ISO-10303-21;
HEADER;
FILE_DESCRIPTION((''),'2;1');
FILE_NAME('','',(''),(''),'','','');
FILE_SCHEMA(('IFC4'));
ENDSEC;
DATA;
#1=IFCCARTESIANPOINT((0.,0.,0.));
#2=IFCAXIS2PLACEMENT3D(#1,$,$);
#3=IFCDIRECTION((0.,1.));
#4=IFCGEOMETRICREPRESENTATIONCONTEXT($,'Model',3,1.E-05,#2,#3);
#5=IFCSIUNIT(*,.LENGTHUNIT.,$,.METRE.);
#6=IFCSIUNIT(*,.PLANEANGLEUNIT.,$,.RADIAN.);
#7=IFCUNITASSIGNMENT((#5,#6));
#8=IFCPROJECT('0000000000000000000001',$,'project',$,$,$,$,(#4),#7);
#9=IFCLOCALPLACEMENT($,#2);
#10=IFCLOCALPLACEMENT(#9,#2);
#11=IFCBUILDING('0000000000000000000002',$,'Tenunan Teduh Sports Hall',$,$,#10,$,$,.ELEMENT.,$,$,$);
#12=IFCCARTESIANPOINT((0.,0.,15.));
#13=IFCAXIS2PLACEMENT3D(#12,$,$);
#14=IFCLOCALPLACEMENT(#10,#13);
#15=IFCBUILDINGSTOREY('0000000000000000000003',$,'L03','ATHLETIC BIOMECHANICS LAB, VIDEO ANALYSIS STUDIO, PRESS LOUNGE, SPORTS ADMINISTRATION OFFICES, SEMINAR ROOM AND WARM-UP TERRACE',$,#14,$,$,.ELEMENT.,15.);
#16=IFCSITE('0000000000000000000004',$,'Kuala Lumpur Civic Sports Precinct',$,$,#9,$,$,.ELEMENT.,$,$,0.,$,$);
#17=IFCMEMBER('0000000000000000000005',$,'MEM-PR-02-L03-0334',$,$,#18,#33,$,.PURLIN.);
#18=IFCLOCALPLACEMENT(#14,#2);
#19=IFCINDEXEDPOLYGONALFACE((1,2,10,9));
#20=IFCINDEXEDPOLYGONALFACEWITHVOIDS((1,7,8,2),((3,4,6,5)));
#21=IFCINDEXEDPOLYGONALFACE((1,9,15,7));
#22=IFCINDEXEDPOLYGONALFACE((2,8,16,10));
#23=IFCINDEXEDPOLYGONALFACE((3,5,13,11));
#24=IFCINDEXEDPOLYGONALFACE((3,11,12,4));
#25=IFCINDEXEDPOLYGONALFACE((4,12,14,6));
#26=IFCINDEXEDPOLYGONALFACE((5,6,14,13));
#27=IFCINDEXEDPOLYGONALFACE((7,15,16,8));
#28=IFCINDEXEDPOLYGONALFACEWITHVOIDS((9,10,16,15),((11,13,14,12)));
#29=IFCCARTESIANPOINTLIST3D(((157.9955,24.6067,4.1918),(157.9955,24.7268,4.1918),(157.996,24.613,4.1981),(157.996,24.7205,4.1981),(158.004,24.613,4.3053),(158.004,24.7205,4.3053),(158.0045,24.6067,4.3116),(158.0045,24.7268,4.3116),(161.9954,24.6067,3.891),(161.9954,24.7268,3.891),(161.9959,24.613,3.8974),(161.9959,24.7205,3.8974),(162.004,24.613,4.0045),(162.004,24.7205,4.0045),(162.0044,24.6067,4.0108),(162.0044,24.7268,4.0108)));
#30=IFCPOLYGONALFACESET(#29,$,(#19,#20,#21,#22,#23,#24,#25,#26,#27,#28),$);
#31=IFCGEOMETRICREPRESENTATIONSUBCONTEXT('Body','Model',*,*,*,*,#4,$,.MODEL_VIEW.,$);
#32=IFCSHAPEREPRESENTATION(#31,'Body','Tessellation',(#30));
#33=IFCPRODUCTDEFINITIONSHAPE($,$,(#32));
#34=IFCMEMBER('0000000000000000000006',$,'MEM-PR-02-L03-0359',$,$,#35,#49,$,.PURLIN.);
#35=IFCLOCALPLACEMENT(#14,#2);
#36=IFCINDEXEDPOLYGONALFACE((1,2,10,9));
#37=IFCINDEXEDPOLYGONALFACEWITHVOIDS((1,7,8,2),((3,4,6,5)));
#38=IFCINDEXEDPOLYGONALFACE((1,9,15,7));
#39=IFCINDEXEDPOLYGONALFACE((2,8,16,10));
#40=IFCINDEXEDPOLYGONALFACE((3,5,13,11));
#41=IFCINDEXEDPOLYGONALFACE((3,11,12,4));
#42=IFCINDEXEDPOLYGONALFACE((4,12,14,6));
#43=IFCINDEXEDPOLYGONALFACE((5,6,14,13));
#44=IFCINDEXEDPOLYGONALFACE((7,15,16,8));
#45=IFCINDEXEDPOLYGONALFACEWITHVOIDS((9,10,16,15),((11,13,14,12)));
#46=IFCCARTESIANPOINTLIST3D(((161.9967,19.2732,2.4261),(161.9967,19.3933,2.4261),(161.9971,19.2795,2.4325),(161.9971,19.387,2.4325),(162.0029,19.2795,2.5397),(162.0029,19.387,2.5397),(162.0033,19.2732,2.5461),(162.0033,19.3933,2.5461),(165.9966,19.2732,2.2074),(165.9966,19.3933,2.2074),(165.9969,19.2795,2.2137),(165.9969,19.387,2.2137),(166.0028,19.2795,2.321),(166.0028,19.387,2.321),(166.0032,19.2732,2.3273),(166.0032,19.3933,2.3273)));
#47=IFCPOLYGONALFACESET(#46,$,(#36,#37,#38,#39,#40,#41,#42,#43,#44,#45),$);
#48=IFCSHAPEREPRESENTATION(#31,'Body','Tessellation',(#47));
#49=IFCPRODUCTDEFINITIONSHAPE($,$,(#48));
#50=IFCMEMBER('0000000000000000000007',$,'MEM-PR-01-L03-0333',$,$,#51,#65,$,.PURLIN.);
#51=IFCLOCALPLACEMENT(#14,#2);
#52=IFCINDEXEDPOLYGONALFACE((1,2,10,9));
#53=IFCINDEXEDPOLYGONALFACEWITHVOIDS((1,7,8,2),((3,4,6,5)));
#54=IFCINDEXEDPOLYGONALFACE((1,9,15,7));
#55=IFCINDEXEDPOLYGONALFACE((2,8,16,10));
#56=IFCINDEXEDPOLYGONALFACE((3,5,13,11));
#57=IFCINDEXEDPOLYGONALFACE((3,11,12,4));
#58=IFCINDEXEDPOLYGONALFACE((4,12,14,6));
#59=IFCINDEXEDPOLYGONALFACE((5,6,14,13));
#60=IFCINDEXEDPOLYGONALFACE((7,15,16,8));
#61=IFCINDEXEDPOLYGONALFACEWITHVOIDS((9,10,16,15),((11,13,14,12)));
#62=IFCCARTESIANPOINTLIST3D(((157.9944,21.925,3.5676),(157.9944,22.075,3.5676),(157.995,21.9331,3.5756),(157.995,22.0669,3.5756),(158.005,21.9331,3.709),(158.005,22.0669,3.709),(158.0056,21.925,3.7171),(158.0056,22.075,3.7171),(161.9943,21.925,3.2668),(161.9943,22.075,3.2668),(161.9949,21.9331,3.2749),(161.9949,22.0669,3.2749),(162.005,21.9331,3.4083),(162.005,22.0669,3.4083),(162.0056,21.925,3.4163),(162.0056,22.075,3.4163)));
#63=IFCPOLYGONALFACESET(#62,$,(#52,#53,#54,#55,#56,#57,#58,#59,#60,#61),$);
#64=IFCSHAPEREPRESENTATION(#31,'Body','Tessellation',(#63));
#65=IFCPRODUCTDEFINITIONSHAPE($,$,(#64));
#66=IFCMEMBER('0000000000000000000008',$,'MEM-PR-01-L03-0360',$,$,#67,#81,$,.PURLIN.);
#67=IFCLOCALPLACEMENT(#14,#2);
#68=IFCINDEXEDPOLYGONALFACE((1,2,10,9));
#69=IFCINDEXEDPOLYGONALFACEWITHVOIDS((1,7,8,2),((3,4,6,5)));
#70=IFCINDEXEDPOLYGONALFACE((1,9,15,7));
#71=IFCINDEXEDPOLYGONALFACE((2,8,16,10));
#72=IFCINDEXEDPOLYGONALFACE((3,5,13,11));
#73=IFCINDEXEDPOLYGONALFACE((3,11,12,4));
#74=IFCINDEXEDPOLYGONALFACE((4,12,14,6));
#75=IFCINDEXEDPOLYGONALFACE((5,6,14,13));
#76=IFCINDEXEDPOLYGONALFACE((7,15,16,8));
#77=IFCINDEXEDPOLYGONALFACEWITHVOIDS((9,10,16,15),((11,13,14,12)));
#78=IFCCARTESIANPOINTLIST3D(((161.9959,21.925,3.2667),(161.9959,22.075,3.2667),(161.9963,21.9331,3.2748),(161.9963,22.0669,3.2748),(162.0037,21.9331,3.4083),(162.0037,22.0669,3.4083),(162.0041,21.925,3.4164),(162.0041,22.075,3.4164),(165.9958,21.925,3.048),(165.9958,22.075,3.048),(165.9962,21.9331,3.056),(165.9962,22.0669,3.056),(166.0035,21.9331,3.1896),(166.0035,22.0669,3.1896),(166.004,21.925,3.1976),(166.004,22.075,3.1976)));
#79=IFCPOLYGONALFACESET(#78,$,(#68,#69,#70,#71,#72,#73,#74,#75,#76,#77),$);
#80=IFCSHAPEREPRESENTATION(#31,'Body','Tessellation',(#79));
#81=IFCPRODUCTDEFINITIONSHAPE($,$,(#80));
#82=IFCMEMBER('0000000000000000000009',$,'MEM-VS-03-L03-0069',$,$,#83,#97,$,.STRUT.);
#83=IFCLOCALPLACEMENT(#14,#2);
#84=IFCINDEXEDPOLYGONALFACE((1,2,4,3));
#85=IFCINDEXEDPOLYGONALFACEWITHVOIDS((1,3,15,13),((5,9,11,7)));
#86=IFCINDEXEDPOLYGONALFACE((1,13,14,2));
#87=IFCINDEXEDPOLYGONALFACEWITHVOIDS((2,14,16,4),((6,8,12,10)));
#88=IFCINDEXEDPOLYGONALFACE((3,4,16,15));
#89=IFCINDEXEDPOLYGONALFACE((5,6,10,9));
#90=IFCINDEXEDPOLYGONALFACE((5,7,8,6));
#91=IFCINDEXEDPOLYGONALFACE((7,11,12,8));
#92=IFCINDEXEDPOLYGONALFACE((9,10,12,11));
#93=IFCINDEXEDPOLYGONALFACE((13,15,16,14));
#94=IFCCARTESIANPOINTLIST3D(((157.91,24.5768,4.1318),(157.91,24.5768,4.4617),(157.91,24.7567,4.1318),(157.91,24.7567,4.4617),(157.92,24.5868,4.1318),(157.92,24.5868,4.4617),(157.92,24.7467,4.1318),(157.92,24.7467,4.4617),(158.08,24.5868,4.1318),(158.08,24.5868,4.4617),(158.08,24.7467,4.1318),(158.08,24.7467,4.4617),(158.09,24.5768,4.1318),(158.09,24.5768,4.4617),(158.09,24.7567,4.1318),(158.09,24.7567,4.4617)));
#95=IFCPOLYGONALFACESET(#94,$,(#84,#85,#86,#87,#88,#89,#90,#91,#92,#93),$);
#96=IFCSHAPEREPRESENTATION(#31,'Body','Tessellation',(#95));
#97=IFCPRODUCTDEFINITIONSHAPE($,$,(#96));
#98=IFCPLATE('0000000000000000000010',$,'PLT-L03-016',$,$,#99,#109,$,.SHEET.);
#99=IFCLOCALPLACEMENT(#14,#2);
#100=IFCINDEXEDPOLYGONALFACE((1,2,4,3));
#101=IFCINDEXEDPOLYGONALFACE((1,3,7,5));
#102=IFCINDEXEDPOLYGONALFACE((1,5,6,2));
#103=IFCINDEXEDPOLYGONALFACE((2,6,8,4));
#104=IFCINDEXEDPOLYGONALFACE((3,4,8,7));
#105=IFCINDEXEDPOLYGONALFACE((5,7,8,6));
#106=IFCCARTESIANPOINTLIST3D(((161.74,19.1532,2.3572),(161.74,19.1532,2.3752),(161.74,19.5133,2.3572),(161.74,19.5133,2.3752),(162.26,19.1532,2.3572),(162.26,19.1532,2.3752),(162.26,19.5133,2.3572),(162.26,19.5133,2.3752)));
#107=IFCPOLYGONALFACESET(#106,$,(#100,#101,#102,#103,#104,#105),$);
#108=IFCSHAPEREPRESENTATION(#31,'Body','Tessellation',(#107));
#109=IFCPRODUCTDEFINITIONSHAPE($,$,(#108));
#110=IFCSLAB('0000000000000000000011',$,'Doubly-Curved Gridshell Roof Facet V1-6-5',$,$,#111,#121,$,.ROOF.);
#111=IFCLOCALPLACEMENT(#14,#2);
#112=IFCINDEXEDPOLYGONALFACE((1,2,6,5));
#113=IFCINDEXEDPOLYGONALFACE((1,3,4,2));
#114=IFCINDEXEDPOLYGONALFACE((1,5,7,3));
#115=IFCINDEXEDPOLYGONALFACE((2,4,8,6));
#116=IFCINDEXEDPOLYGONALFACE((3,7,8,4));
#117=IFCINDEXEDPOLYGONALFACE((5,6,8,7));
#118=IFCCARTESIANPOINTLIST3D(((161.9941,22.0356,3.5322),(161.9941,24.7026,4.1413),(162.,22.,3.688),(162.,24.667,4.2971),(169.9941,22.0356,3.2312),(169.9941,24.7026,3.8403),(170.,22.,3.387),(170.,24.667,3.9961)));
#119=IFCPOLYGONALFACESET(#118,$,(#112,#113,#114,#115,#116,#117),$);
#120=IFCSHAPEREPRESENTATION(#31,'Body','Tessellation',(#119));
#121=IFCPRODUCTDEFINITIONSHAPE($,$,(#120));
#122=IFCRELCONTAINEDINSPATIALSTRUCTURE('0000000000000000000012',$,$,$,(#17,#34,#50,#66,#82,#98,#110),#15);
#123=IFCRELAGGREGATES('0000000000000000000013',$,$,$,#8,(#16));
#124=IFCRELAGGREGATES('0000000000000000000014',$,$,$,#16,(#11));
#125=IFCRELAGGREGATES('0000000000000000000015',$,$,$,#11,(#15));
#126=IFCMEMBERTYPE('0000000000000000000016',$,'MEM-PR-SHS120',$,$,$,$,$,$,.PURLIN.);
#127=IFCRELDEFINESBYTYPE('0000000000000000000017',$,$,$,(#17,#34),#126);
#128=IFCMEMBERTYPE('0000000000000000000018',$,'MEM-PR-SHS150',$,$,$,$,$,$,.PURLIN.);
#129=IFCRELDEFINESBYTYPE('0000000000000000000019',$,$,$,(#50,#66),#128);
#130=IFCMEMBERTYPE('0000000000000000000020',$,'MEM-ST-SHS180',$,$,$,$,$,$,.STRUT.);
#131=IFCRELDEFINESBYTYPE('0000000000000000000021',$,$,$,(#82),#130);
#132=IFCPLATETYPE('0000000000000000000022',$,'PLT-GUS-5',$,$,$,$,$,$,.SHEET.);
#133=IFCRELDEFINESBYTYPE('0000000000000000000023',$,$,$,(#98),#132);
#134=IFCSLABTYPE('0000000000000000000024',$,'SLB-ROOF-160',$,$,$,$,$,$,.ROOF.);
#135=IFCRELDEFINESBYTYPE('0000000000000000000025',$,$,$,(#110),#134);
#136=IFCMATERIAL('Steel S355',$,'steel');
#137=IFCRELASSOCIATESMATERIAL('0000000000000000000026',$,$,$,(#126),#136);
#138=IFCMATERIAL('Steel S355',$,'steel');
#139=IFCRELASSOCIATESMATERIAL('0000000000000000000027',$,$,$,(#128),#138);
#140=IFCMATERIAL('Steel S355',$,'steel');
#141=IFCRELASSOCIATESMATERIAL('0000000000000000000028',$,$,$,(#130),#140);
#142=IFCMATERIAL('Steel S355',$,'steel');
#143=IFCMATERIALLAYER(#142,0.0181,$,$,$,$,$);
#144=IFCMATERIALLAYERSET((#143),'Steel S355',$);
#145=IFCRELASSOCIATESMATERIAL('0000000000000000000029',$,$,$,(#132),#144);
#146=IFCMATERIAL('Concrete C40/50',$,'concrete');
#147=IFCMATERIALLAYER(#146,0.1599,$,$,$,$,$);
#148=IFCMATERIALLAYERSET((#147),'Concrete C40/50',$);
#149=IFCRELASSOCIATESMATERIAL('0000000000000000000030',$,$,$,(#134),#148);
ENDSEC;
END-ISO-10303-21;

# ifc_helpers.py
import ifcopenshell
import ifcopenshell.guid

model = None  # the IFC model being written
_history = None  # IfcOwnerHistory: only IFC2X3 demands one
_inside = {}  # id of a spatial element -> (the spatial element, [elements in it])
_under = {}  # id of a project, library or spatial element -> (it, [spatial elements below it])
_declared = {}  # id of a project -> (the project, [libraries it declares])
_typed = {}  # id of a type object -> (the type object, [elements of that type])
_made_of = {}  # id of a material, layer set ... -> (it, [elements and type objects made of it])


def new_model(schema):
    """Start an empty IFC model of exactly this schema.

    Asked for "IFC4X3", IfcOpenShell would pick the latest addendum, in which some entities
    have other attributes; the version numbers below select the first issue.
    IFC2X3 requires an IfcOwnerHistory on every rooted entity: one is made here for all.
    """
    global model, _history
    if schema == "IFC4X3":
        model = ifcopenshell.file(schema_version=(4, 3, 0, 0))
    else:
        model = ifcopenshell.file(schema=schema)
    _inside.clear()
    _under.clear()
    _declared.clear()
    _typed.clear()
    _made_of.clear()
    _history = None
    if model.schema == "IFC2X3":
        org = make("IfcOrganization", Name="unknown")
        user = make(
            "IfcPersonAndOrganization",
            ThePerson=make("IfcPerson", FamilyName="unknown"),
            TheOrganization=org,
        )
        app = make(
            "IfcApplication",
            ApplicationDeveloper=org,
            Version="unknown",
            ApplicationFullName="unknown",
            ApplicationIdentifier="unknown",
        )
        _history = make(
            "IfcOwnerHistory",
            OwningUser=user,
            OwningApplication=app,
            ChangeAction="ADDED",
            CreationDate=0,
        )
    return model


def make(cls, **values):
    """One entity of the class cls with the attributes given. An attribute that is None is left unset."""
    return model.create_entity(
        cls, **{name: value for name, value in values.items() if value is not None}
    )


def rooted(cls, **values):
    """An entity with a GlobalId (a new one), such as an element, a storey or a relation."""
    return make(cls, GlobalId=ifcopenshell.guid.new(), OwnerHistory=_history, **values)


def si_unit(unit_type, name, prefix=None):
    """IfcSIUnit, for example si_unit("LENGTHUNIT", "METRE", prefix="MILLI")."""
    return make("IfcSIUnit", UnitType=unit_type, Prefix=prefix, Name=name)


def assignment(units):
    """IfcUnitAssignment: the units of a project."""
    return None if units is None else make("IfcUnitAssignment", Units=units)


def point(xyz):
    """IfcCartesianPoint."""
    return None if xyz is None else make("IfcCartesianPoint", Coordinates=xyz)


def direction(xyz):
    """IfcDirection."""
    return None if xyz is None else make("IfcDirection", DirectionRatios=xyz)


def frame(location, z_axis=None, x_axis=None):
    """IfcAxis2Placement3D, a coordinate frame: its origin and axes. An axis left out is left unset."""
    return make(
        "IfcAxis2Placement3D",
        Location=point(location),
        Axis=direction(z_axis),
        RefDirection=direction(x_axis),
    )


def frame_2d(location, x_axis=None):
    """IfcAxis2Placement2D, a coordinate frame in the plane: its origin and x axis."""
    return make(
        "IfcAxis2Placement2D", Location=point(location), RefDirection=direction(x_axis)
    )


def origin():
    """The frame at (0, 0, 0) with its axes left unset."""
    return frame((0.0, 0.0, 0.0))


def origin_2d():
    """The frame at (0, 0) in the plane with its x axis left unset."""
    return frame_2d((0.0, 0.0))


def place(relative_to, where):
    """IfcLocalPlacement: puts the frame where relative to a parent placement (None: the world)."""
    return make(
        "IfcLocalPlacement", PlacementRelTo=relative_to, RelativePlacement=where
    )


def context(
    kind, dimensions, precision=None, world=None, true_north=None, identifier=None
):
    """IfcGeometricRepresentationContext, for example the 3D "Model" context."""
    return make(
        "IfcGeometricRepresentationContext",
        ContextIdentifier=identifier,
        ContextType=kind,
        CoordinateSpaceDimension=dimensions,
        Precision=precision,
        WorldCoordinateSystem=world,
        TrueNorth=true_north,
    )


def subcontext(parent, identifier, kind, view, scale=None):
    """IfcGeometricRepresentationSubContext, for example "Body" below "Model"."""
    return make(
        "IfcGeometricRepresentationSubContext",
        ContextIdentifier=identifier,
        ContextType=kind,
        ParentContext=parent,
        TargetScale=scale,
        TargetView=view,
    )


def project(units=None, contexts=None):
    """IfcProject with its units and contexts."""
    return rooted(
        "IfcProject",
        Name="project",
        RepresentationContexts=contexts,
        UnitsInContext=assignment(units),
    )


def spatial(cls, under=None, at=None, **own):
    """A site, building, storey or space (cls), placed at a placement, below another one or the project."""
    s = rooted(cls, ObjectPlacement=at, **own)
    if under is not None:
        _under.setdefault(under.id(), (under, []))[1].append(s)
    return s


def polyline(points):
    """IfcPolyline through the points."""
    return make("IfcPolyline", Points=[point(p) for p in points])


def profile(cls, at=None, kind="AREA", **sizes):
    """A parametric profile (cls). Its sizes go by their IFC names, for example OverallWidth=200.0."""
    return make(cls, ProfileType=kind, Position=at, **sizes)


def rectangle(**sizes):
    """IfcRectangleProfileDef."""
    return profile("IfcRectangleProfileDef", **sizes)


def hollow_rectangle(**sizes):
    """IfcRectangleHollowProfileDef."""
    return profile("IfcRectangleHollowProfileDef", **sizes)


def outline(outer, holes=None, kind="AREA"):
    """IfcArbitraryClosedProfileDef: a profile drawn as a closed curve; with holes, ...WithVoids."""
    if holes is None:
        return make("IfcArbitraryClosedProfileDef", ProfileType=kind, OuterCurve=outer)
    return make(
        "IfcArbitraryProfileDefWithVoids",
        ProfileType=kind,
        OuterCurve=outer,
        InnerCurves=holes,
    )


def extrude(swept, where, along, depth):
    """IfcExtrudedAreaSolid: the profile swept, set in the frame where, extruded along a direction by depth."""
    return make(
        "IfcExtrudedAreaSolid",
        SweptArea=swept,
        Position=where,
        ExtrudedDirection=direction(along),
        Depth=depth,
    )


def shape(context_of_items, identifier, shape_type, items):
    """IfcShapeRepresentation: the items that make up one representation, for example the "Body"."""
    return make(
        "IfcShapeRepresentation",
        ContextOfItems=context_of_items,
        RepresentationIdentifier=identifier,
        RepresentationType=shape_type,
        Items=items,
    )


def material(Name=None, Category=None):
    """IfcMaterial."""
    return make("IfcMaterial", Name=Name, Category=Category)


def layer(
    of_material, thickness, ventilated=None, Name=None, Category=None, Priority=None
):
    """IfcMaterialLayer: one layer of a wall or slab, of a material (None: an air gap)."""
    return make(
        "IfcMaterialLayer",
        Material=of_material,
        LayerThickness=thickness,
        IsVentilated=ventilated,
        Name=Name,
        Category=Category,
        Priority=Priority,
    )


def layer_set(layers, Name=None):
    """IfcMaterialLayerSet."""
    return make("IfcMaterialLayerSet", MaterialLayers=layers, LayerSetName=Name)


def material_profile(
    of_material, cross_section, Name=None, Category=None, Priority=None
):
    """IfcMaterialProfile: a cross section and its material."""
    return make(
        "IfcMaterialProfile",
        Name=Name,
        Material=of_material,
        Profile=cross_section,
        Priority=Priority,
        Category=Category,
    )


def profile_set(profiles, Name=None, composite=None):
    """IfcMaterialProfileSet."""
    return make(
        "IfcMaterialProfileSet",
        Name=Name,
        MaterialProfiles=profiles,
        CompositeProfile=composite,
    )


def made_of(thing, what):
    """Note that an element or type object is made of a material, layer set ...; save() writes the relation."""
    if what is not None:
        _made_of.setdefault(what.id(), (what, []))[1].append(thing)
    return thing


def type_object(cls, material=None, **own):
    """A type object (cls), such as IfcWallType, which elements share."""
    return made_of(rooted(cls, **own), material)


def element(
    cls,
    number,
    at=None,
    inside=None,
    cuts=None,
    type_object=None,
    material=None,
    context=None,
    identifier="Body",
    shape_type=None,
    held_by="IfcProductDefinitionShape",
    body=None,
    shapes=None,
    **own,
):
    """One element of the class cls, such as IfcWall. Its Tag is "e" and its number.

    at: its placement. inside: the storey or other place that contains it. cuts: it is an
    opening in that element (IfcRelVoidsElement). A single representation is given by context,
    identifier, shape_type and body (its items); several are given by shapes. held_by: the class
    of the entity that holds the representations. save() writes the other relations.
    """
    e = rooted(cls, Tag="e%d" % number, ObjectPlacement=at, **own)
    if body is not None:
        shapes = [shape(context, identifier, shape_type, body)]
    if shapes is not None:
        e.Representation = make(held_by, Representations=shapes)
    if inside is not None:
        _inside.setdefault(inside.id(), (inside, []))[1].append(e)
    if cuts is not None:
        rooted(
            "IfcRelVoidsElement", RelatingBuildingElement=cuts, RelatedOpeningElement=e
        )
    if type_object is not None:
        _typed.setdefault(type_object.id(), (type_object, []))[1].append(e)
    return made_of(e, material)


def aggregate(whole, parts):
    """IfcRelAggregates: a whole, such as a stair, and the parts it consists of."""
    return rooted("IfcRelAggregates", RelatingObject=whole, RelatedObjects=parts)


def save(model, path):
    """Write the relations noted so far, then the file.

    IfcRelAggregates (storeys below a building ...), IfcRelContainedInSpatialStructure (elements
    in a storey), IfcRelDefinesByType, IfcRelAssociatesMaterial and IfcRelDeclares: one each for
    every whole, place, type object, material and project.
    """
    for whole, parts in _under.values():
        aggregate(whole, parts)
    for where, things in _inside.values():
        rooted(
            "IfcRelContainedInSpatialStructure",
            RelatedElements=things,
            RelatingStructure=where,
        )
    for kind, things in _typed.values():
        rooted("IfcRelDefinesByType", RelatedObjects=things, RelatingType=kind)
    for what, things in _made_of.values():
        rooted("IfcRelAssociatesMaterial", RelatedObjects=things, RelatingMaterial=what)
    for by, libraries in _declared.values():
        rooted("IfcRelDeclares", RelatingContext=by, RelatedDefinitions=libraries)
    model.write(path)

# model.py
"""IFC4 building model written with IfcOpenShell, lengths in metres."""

from ifc_helpers import new_model, si_unit, direction, frame, origin, origin_2d, place, context, subcontext, project, spatial, polyline, rectangle, hollow_rectangle, outline, extrude, material, layer, layer_set, material_profile, profile_set, type_object, element, save


model = new_model("IFC4")

# Units and contexts
model_context = context("Model", 3, precision=1e-05, world=origin(), true_north=direction((0.0, 1.0)))
body_context = subcontext(model_context, "Body", "Model", "MODEL_VIEW")
ifc_project = project(units=[si_unit("LENGTHUNIT", "METRE"), si_unit("PLANEANGLEUNIT", "RADIAN")], contexts=[model_context])

# Site, building, storey
site_placement = place(None, origin())
site = spatial("IfcSite", under=ifc_project, at=site_placement, Name="Kuala Lumpur Civic Sports Precinct", CompositionType="ELEMENT", RefElevation=0.0)
building_placement = place(site_placement, origin())
building = spatial("IfcBuilding", under=site, at=building_placement, Name="Tenunan Teduh Sports Hall", CompositionType="ELEMENT")
storey_placement = place(building_placement, frame((0.0, 0.0, 15.0)))
storey = spatial("IfcBuildingStorey", under=building, at=storey_placement, Name="L03", Description="ATHLETIC BIOMECHANICS LAB, VIDEO ANALYSIS STUDIO, PRESS LOUNGE, SPORTS ADMINISTRATION OFFICES, SEMINAR ROOM AND WARM-UP TERRACE", CompositionType="ELEMENT", Elevation=15.0)

# Members
ifc_material_1 = material(Name="Steel S355", Category="steel")
ifc_material_profile_1 = material_profile(ifc_material_1, hollow_rectangle(XDim=0.1201, YDim=0.1201, WallThickness=0.0063, at=origin_2d()), Name="SHS 120x120x6.3")
ifc_profile_set_1 = profile_set([ifc_material_profile_1], Name="Steel S355")
member_type_1 = type_object("IfcMemberType", Name="MEM-PR-SHS120", PredefinedType="PURLIN", material=ifc_profile_set_1)
for number, where, z_axis, x_axis, name in (
    (1, (158.0, 24.6667, 4.2517), (0.997185, 0.0, -0.074984), (0.0, 1.0, 0.0), "MEM-PR-02-L03-0334"),
):
    element("IfcMember", number, at=place(storey_placement, frame(where, z_axis=z_axis, x_axis=x_axis)), inside=storey, type_object=member_type_1, Name=name, PredefinedType="PURLIN", context=body_context, shape_type="SweptSolid", body=[
        extrude(hollow_rectangle(XDim=0.1201, YDim=0.1201, WallThickness=0.0063, at=origin_2d()), origin(), (0.0, 0.0, 1.0), 4.0112),
    ])
member_1_placement = place(storey_placement, frame((162.0, 19.3333, 2.4861), z_axis=(0.998508, 0.0, -0.054606), x_axis=(0.0, 1.0, 0.0)))
element("IfcMember", 2, at=member_1_placement, inside=storey, type_object=member_type_1, Name="MEM-PR-02-L03-0359", PredefinedType="PURLIN", context=body_context, shape_type="SweptSolid", body=[
    extrude(hollow_rectangle(XDim=0.1201, YDim=0.1201, WallThickness=0.0063, at=origin_2d()), origin(), (0.0, 0.0, 1.0), 4.0059),
])
ifc_material_2 = material(Name="Steel S355", Category="steel")
ifc_material_profile_2 = material_profile(ifc_material_2, hollow_rectangle(XDim=0.1499, YDim=0.1499, WallThickness=0.0081, at=origin_2d()), Name="SHS 150x150x8.0")
ifc_profile_set_2 = profile_set([ifc_material_profile_2], Name="Steel S355")
member_type_2 = type_object("IfcMemberType", Name="MEM-PR-SHS150", PredefinedType="PURLIN", material=ifc_profile_set_2)
member_2_placement = place(storey_placement, frame((158.0, 22.0, 3.6423), z_axis=(0.997185, 0.0, -0.074984), x_axis=(0.0, 1.0, 0.0)))
element("IfcMember", 3, at=member_2_placement, inside=storey, type_object=member_type_2, Name="MEM-PR-01-L03-0333", PredefinedType="PURLIN", context=body_context, shape_type="SweptSolid", body=[
    extrude(hollow_rectangle(XDim=0.1499, YDim=0.1499, WallThickness=0.0081, at=origin_2d()), origin(), (0.0, 0.0, 1.0), 4.0112),
])
member_3_placement = place(storey_placement, frame((162.0, 22.0, 3.3416), z_axis=(0.998508, 0.0, -0.054606), x_axis=(0.0, 1.0, 0.0)))
element("IfcMember", 4, at=member_3_placement, inside=storey, type_object=member_type_2, Name="MEM-PR-01-L03-0360", PredefinedType="PURLIN", context=body_context, shape_type="SweptSolid", body=[
    extrude(hollow_rectangle(XDim=0.1499, YDim=0.1499, WallThickness=0.0081, at=origin_2d()), origin(), (0.0, 0.0, 1.0), 4.0059),
])
ifc_material_3 = material(Name="Steel S355", Category="steel")
ifc_material_profile_3 = material_profile(ifc_material_3, hollow_rectangle(XDim=0.1799, YDim=0.1799, WallThickness=0.01, at=origin_2d()), Name="SHS 180x180x10.0")
ifc_profile_set_3 = profile_set([ifc_material_profile_3], Name="Steel S355")
member_type_3 = type_object("IfcMemberType", Name="MEM-ST-SHS180", PredefinedType="STRUT", material=ifc_profile_set_3)
member_4_placement = place(storey_placement, frame((158.0, 24.6667, 4.1318), z_axis=(0.0, 0.0, 1.0), x_axis=(1.0, 0.0, 0.0)))
element("IfcMember", 5, at=member_4_placement, inside=storey, type_object=member_type_3, Name="MEM-VS-03-L03-0069", PredefinedType="STRUT", context=body_context, shape_type="SweptSolid", body=[
    extrude(hollow_rectangle(XDim=0.1799, YDim=0.1799, WallThickness=0.01, at=origin_2d()), origin(), (0.0, 0.0, 1.0), 0.3298),
])

# Plate
ifc_material_4 = material(Name="Steel S355", Category="steel")
ifc_layer_1 = layer(ifc_material_4, 0.0181)
ifc_layer_set_1 = layer_set([ifc_layer_1], Name="Steel S355")
plate_type = type_object("IfcPlateType", Name="PLT-GUS-5", PredefinedType="SHEET", material=ifc_layer_set_1)
plate_placement = place(storey_placement, frame((162.0, 19.3333, 2.3572), z_axis=(0.0, 0.0, 1.0), x_axis=(1.0, 0.0, 0.0)))
element("IfcPlate", 6, at=plate_placement, inside=storey, type_object=plate_type, Name="PLT-L03-016", PredefinedType="SHEET", context=body_context, shape_type="SweptSolid", body=[
    extrude(rectangle(XDim=0.52, YDim=0.3601, at=origin_2d()), origin(), (0.0, 0.0, 1.0), 0.0181),
])

# Slab
ifc_material_5 = material(Name="Concrete C40/50", Category="concrete")
ifc_layer_2 = layer(ifc_material_5, 0.1599)
ifc_layer_set_2 = layer_set([ifc_layer_2], Name="Concrete C40/50")
slab_type = type_object("IfcSlabType", Name="SLB-ROOF-160", PredefinedType="ROOF", material=ifc_layer_set_2)
slab_placement = place(storey_placement, frame((162.0, 22.0, 3.688), z_axis=(0.036659, -0.222513, 0.97424), x_axis=(0.999293, 0.0, -0.037602)))
element("IfcSlab", 7, at=slab_placement, inside=storey, type_object=slab_type, Name="Doubly-Curved Gridshell Roof Facet V1-6-5", PredefinedType="ROOF", context=body_context, shape_type="SweptSolid", body=[
    extrude(outline(polyline([(0.0, 0.0), (8.0057, 0.0), (7.9828, 2.7356), (-0.0229, 2.7356), (0.0, 0.0)])), origin(), (0.0, 0.0, -1.0), 0.1599),
])

save(model, "model.ifc")
